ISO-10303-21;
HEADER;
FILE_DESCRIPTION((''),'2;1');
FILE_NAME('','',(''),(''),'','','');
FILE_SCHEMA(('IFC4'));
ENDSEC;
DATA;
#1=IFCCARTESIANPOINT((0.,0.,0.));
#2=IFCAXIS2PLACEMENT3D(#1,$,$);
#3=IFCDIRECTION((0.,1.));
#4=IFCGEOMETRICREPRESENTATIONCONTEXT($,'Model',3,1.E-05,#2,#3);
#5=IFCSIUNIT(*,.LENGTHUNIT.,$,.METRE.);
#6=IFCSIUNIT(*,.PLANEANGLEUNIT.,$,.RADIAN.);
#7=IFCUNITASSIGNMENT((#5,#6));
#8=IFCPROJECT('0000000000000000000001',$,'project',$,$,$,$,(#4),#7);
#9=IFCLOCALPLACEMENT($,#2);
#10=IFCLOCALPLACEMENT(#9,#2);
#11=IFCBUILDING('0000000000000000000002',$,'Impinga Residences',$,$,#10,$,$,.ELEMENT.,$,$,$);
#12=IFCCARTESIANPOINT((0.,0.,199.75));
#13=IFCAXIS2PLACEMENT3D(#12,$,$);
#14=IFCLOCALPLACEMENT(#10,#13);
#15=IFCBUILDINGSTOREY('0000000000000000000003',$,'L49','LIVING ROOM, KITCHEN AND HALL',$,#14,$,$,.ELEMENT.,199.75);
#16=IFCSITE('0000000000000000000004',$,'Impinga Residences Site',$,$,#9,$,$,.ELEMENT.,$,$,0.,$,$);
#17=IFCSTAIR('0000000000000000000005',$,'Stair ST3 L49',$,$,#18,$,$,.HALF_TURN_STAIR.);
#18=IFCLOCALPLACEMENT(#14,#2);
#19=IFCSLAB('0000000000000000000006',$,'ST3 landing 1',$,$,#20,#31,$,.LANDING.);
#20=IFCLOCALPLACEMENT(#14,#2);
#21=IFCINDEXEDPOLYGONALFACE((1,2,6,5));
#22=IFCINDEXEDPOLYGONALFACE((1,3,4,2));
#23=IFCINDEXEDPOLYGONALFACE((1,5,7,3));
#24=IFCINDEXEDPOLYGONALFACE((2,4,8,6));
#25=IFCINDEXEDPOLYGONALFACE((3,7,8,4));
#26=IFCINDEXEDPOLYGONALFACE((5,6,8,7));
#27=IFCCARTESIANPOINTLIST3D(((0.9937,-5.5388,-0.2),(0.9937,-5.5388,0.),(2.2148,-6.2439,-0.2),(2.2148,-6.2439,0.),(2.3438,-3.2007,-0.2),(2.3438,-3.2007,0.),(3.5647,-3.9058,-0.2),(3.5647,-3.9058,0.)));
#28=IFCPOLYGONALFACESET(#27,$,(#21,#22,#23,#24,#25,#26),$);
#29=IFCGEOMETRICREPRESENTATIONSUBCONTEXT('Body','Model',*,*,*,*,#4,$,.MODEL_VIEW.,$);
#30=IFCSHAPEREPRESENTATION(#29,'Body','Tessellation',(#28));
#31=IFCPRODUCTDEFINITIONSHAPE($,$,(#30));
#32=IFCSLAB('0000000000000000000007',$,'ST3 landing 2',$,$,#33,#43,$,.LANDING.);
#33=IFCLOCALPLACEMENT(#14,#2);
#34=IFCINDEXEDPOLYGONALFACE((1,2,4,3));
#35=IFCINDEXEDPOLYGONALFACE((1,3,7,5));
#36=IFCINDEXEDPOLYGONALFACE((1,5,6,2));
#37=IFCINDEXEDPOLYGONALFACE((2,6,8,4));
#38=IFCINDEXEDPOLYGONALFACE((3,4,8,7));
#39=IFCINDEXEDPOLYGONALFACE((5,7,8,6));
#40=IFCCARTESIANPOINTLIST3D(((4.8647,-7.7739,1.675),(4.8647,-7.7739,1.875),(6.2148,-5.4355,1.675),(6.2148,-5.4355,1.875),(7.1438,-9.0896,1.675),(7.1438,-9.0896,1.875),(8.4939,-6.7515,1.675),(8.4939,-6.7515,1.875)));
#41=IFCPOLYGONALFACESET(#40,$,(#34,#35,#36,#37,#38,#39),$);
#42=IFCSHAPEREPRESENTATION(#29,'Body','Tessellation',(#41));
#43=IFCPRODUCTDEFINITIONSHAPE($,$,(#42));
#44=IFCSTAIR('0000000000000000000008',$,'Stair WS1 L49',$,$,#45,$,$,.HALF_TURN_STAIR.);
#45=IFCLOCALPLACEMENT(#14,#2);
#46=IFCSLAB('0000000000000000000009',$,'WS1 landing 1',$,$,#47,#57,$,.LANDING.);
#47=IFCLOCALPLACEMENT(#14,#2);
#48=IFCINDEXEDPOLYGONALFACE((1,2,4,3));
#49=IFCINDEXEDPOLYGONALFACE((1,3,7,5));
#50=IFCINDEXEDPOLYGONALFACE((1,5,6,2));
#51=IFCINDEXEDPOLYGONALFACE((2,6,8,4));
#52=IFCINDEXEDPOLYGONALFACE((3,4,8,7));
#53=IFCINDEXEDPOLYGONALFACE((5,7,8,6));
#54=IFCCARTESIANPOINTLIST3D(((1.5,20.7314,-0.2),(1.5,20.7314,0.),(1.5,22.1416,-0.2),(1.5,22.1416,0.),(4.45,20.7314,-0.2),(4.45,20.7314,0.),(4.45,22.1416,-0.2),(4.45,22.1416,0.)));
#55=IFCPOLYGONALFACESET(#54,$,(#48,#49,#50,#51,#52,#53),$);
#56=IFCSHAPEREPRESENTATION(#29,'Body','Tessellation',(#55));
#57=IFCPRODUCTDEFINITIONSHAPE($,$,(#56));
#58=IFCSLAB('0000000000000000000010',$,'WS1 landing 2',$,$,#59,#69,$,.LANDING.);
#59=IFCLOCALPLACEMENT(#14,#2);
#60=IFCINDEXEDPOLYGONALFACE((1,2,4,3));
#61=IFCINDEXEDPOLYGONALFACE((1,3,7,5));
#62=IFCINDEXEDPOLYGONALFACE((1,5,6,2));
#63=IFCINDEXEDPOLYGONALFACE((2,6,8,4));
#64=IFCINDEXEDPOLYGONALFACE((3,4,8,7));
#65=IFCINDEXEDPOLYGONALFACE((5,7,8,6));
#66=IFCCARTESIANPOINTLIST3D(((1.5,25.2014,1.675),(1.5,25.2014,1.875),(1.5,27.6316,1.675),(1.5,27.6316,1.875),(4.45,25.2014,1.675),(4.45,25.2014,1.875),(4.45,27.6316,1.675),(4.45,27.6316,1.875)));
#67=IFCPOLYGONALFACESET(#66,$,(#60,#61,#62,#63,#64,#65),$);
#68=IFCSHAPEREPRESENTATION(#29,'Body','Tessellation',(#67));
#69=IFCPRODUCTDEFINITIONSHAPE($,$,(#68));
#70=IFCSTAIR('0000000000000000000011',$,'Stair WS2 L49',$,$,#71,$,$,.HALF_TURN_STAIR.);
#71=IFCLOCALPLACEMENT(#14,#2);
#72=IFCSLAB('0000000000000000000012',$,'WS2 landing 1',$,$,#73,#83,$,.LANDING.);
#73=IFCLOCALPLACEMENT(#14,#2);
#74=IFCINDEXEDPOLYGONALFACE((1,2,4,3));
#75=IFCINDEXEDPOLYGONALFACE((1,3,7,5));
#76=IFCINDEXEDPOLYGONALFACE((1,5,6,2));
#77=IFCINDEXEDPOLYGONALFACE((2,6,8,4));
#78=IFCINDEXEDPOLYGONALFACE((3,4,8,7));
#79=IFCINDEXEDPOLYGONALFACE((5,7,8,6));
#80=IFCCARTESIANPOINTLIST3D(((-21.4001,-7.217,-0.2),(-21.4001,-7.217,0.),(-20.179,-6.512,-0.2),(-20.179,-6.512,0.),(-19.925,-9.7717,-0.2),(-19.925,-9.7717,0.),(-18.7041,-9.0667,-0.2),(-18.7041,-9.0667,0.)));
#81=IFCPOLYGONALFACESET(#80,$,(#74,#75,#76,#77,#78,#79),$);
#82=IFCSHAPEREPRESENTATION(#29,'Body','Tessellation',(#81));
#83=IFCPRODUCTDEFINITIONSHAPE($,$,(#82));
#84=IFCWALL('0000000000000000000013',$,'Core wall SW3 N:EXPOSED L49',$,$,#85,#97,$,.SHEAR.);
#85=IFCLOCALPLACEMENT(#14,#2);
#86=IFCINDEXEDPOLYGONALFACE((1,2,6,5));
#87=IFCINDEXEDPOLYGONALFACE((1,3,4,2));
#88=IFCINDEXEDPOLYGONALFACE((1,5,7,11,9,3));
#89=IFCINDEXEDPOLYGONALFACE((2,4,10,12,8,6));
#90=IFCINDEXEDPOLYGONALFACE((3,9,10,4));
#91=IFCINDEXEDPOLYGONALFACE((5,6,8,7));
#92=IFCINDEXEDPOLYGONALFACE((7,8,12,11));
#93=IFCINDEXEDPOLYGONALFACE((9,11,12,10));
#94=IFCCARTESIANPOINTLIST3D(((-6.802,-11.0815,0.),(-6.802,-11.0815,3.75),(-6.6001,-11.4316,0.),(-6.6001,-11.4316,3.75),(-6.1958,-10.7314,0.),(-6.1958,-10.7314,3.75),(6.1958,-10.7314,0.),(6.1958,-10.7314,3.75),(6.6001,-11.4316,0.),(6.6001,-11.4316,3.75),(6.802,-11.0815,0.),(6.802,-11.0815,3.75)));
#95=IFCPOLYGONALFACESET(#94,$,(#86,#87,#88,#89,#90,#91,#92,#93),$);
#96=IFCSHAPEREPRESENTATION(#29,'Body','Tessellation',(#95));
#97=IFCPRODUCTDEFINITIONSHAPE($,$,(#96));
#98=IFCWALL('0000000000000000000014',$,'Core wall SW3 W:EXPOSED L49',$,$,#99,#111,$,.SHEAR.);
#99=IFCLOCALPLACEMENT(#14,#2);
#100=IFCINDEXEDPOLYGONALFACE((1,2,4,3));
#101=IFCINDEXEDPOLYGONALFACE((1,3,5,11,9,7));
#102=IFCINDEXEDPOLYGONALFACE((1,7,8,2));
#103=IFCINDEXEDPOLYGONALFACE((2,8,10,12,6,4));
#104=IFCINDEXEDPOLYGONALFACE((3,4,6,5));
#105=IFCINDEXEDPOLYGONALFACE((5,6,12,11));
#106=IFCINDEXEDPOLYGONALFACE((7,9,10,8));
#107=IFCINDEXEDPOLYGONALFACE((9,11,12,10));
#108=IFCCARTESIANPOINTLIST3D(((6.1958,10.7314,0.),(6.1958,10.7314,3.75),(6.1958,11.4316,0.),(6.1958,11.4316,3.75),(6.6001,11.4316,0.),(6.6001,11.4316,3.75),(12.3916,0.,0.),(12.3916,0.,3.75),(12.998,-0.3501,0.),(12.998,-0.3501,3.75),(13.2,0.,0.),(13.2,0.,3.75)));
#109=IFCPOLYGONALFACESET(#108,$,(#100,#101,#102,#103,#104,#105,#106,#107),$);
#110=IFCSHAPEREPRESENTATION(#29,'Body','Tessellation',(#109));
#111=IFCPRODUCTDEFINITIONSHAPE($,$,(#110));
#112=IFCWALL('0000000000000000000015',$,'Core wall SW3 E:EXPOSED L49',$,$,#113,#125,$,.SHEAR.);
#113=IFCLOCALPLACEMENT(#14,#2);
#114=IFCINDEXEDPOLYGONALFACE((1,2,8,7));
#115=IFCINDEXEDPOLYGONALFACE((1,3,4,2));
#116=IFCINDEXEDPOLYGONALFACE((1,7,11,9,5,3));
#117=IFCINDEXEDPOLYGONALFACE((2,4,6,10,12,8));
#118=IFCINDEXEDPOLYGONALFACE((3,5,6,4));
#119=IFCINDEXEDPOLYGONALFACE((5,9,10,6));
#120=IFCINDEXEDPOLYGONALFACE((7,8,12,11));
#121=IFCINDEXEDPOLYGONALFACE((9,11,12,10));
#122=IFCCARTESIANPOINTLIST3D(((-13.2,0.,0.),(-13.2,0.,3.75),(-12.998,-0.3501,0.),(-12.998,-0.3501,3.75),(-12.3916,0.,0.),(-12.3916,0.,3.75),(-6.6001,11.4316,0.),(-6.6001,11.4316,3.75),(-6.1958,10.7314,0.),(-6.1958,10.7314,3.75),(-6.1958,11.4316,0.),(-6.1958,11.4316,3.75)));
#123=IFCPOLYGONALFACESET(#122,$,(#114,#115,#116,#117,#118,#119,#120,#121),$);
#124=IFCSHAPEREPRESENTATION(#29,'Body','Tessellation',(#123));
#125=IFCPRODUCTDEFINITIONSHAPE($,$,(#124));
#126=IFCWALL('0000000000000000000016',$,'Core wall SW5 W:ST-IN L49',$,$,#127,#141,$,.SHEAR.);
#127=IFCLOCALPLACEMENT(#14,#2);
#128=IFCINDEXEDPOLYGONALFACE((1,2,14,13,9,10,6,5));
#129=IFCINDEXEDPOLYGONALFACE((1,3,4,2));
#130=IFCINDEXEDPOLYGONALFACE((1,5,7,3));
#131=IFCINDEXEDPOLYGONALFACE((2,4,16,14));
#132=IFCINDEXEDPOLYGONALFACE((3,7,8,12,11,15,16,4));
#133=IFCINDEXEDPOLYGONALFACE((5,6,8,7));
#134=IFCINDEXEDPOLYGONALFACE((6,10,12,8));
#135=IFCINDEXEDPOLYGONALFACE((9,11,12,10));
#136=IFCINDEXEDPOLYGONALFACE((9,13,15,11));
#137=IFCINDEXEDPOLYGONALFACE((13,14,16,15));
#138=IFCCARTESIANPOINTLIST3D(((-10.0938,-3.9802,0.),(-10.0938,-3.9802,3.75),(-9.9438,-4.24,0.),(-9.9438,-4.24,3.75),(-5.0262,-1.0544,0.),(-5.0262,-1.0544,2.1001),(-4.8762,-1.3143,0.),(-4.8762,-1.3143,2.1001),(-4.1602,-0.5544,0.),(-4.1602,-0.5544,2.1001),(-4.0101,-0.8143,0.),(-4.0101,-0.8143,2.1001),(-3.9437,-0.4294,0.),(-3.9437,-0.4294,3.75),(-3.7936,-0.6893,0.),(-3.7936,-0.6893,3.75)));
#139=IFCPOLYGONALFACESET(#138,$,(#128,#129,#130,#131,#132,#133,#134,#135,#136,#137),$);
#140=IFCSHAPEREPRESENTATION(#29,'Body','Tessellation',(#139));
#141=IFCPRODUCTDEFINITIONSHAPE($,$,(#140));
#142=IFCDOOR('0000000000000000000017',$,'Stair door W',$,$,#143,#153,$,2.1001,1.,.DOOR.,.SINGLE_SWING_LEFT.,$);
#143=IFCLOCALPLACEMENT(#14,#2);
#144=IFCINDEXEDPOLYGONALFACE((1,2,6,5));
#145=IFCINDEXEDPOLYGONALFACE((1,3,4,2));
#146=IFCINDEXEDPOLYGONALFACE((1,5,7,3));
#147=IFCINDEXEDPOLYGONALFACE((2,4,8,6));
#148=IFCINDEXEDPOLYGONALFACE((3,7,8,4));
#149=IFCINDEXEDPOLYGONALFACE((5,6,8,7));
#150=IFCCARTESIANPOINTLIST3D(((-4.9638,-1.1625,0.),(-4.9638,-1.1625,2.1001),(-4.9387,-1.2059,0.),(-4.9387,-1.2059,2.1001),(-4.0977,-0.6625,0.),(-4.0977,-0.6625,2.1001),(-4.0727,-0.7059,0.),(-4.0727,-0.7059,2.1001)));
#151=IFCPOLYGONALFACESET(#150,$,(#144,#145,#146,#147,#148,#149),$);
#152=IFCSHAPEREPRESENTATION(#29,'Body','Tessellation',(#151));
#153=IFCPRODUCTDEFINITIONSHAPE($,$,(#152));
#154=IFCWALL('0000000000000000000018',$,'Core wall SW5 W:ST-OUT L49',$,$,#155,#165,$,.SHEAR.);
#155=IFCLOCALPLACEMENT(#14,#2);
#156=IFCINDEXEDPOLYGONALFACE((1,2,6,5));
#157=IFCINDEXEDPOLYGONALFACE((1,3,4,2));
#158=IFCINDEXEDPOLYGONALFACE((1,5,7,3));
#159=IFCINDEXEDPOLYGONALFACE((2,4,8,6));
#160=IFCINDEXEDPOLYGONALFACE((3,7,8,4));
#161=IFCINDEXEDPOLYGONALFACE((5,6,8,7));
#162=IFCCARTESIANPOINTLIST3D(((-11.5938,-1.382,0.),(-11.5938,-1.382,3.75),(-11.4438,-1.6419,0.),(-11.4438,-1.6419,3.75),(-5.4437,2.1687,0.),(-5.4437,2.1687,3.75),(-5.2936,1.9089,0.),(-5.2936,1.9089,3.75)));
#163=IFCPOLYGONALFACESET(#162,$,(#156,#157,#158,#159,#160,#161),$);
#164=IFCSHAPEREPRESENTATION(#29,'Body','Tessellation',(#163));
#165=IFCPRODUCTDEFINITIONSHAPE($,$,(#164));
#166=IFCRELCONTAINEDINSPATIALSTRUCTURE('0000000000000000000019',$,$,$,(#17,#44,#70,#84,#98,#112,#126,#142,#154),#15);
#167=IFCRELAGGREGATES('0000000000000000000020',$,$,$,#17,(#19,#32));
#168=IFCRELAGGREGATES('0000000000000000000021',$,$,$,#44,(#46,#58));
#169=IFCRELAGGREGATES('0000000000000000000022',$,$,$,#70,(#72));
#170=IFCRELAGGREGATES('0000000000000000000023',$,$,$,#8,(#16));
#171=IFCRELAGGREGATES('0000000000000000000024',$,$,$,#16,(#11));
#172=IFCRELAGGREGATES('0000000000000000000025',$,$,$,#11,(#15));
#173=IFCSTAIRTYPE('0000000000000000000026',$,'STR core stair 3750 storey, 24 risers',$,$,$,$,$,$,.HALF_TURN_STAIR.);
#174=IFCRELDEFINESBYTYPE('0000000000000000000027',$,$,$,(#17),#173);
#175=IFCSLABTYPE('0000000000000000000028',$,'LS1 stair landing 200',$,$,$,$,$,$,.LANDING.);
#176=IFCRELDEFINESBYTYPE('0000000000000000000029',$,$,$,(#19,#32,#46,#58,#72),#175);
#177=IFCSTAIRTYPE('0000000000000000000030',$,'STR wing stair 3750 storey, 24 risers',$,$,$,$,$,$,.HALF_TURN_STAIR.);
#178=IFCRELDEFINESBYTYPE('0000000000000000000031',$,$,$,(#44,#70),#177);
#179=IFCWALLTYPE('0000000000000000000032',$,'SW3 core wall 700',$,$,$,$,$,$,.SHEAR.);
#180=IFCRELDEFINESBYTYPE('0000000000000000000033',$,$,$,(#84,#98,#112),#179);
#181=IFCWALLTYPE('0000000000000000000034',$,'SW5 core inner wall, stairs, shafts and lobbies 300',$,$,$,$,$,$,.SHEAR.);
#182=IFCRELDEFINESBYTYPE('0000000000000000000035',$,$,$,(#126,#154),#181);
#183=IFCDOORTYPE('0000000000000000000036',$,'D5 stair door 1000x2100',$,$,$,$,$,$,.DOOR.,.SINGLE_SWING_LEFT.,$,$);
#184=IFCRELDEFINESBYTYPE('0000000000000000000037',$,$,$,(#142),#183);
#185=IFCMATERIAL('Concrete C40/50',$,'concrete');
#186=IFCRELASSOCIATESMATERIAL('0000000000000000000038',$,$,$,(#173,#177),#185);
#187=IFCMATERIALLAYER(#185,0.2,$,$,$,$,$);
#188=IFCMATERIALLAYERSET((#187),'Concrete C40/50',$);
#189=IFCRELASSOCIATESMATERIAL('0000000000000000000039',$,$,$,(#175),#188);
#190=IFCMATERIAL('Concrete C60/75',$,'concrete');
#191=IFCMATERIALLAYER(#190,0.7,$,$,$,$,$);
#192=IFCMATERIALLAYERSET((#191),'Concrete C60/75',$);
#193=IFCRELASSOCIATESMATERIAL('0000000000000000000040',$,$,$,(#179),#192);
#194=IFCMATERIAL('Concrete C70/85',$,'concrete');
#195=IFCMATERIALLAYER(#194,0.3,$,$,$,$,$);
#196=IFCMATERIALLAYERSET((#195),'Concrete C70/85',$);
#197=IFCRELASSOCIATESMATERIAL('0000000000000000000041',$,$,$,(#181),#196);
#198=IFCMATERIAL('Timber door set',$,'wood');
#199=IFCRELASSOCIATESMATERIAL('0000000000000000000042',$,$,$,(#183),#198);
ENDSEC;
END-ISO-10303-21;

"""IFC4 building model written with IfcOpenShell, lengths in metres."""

from ifc_helpers import new_model, si_unit, direction, frame, frame_2d, origin, place, context, subcontext, project, spatial, polyline, rectangle, outline, extrude, material, layer, layer_set, type_object, element, fill, aggregate, save


model = new_model("IFC4")

# Units and contexts
model_context = context("Model", 3, precision=1e-05, world=origin(), true_north=direction((0.0, 1.0)))
body_context = subcontext(model_context, "Body", "Model", "MODEL_VIEW")
ifc_project = project(units=[si_unit("LENGTHUNIT", "METRE"), si_unit("PLANEANGLEUNIT", "RADIAN")], contexts=[model_context])

# Site, building, storey
site_placement = place(None, origin())
site = spatial("IfcSite", under=ifc_project, at=site_placement, Name="Impinga Residences Site", CompositionType="ELEMENT", RefElevation=0.0)
building_placement = place(site_placement, origin())
building = spatial("IfcBuilding", under=site, at=building_placement, Name="Impinga Residences", CompositionType="ELEMENT")
storey_placement = place(building_placement, frame((0.0, 0.0, 199.75)))
storey = spatial("IfcBuildingStorey", under=building, at=storey_placement, Name="L49", Description="LIVING ROOM, KITCHEN AND HALL", CompositionType="ELEMENT", Elevation=199.75)

# Shared definitions
ifc_material_1 = material(Name="Concrete C60/75", Category="concrete")

# Stairs, slabs
ifc_material_2 = material(Name="Concrete C40/50", Category="concrete")
stair_type_1 = type_object("IfcStairType", Name="STR core stair 3750 storey, 24 risers", PredefinedType="HALF_TURN_STAIR", material=ifc_material_2)
ifc_layer_1 = layer(ifc_material_2, 0.2)
ifc_layer_set_1 = layer_set([ifc_layer_1], Name="Concrete C40/50")
slab_type_1 = type_object("IfcSlabType", Name="LS1 stair landing 200", PredefinedType="LANDING", material=ifc_layer_set_1)
stair_1_placement = place(storey_placement, origin())
stair_1 = element("IfcStair", 1, at=stair_1_placement, inside=storey, type_object=stair_type_1, Name="Stair ST3 L49", PredefinedType="HALF_TURN_STAIR")
slab_1_placement = place(storey_placement, frame((0.0, 0.0, -0.2)))
slab_1 = element("IfcSlab", 2, at=slab_1_placement, type_object=slab_type_1, Name="ST3 landing 1", PredefinedType="LANDING", context=body_context, shape_type="SweptSolid", body=[
    extrude(outline(polyline([(2.3438, -3.2007), (0.9937, -5.5388), (2.2148, -6.2439), (3.5647, -3.9058), (2.3438, -3.2007)])), origin(), (0.0, 0.0, 1.0), 0.2),
])
slab_2_placement = place(storey_placement, frame((0.0, 0.0, 1.675)))
slab_2 = element("IfcSlab", 3, at=slab_2_placement, type_object=slab_type_1, Name="ST3 landing 2", PredefinedType="LANDING", context=body_context, shape_type="SweptSolid", body=[
    extrude(outline(polyline([(6.2148, -5.4355), (4.8647, -7.7739), (7.1438, -9.0896), (8.4939, -6.7515), (6.2148, -5.4355)])), origin(), (0.0, 0.0, 1.0), 0.2),
])
aggregate(stair_1, [slab_1, slab_2])
stair_type_2 = type_object("IfcStairType", Name="STR wing stair 3750 storey, 24 risers", PredefinedType="HALF_TURN_STAIR", material=ifc_material_2)
stair_2_placement = place(storey_placement, origin())
stair_2 = element("IfcStair", 4, at=stair_2_placement, inside=storey, type_object=stair_type_2, Name="Stair WS1 L49", PredefinedType="HALF_TURN_STAIR")
slab_3_placement = place(storey_placement, frame((0.0, 0.0, -0.2)))
slab_3 = element("IfcSlab", 5, at=slab_3_placement, type_object=slab_type_1, Name="WS1 landing 1", PredefinedType="LANDING", context=body_context, shape_type="SweptSolid", body=[
    extrude(outline(polyline([(1.5, 20.7314), (4.45, 20.7314), (4.45, 22.1416), (1.5, 22.1416), (1.5, 20.7314)])), origin(), (0.0, 0.0, 1.0), 0.2),
])
slab_4_placement = place(storey_placement, frame((0.0, 0.0, 1.675)))
slab_4 = element("IfcSlab", 6, at=slab_4_placement, type_object=slab_type_1, Name="WS1 landing 2", PredefinedType="LANDING", context=body_context, shape_type="SweptSolid", body=[
    extrude(outline(polyline([(1.5, 25.2014), (4.45, 25.2014), (4.45, 27.6316), (1.5, 27.6316), (1.5, 25.2014)])), origin(), (0.0, 0.0, 1.0), 0.2),
])
aggregate(stair_2, [slab_3, slab_4])

# Stair, slab
stair_3_placement = place(storey_placement, origin())
stair_3 = element("IfcStair", 7, at=stair_3_placement, inside=storey, type_object=stair_type_2, Name="Stair WS2 L49", PredefinedType="HALF_TURN_STAIR")
slab_5_placement = place(storey_placement, frame((0.0, 0.0, -0.2)))
slab_5 = element("IfcSlab", 8, at=slab_5_placement, type_object=slab_type_1, Name="WS2 landing 1", PredefinedType="LANDING", context=body_context, shape_type="SweptSolid", body=[
    extrude(outline(polyline([(-18.7041, -9.0667), (-20.179, -6.512), (-21.4001, -7.217), (-19.925, -9.7717), (-18.7041, -9.0667)])), origin(), (0.0, 0.0, 1.0), 0.2),
])
aggregate(stair_3, [slab_5])

# Walls
ifc_layer_2 = layer(ifc_material_1, 0.7)
ifc_layer_set_2 = layer_set([ifc_layer_2], Name="Concrete C60/75")
wall_type_1 = type_object("IfcWallType", Name="SW3 core wall 700", PredefinedType="SHEAR", material=ifc_layer_set_2)
wall_1_placement = place(storey_placement, origin())
element("IfcWall", 9, at=wall_1_placement, inside=storey, type_object=wall_type_1, Name="Core wall SW3 N:EXPOSED L49", PredefinedType="SHEAR", context=body_context, shape_type="SweptSolid", body=[
    extrude(outline(polyline([(-6.6001, -11.4316), (6.6001, -11.4316), (6.802, -11.0815), (6.1958, -10.7314), (-6.1958, -10.7314), (-6.802, -11.0815), (-6.6001, -11.4316)])), origin(), (0.0, 0.0, 1.0), 3.75),
])
wall_2_placement = place(storey_placement, origin())
element("IfcWall", 10, at=wall_2_placement, inside=storey, type_object=wall_type_1, Name="Core wall SW3 W:EXPOSED L49", PredefinedType="SHEAR", context=body_context, shape_type="SweptSolid", body=[
    extrude(outline(polyline([(13.2, 0.0), (6.6001, 11.4316), (6.1958, 11.4316), (6.1958, 10.7314), (12.3916, 0.0), (12.998, -0.3501), (13.2, 0.0)])), origin(), (0.0, 0.0, 1.0), 3.75),
])
wall_3_placement = place(storey_placement, origin())
element("IfcWall", 11, at=wall_3_placement, inside=storey, type_object=wall_type_1, Name="Core wall SW3 E:EXPOSED L49", PredefinedType="SHEAR", context=body_context, shape_type="SweptSolid", body=[
    extrude(outline(polyline([(-6.6001, 11.4316), (-13.2, 0.0), (-12.998, -0.3501), (-12.3916, 0.0), (-6.1958, 10.7314), (-6.1958, 11.4316), (-6.6001, 11.4316)])), origin(), (0.0, 0.0, 1.0), 3.75),
])

# Wall, opening, door
ifc_material_3 = material(Name="Concrete C70/85", Category="concrete")
ifc_layer_3 = layer(ifc_material_3, 0.3)
ifc_layer_set_3 = layer_set([ifc_layer_3], Name="Concrete C70/85")
wall_type_2 = type_object("IfcWallType", Name="SW5 core inner wall, stairs, shafts and lobbies 300", PredefinedType="SHEAR", material=ifc_layer_set_3)
wall_4_placement = place(storey_placement, frame((-3.8687, -0.5593, 0.0), z_axis=(0.0, 0.0, 1.0), x_axis=(-0.866026, -0.499999, 0.0)))
wall_4 = element("IfcWall", 12, at=wall_4_placement, inside=storey, type_object=wall_type_2, Name="Core wall SW5 W:ST-IN L49", PredefinedType="SHEAR", context=body_context, shape_type="SweptSolid", body=[
    extrude(rectangle(XDim=7.1016, YDim=0.3, at=frame_2d((3.5508, 0.0))), origin(), (0.0, 0.0, 1.0), 3.75),
])
opening_1_placement = place(wall_4_placement, frame((0.25, 0.0, 0.0)))
opening_1 = element("IfcOpeningElement", 13, at=opening_1_placement, cuts=wall_4, PredefinedType="OPENING", context=body_context, shape_type="SweptSolid", body=[
    extrude(rectangle(XDim=1.0, YDim=2.1001, at=frame_2d((0.5, 1.05))), frame((0.0, 0.1599, 0.0), z_axis=(0.0, -1.0, 0.0), x_axis=(1.0, 0.0, 0.0)), (0.0, 0.0, 1.0), 0.3201),
])
ifc_material_4 = material(Name="Timber door set", Category="wood")
door_type_1 = type_object("IfcDoorType", Name="D5 stair door 1000x2100", OperationType="SINGLE_SWING_LEFT", PredefinedType="DOOR", material=ifc_material_4)
door_1_placement = place(opening_1_placement, origin())
door_1 = element("IfcDoor", 14, at=door_1_placement, inside=storey, type_object=door_type_1, Name="Stair door W", OperationType="SINGLE_SWING_LEFT", OverallHeight=2.1001, OverallWidth=1.0, PredefinedType="DOOR", context=body_context, shape_type="SweptSolid", body=[
    extrude(rectangle(XDim=1.0, YDim=2.1001, at=frame_2d((0.5, 1.05))), frame((0.0, 0.0249, 0.0), z_axis=(0.0, -1.0, 0.0), x_axis=(1.0, 0.0, 0.0)), (0.0, 0.0, 1.0), 0.05),
])
fill(opening_1, door_1)

# Wall
wall_5_placement = place(storey_placement, frame((-5.3687, 2.0388, 0.0), z_axis=(0.0, 0.0, 1.0), x_axis=(-0.866026, -0.499999, 0.0)))
element("IfcWall", 15, at=wall_5_placement, inside=storey, type_object=wall_type_2, Name="Core wall SW5 W:ST-OUT L49", PredefinedType="SHEAR", context=body_context, shape_type="SweptSolid", body=[
    extrude(rectangle(XDim=7.1016, YDim=0.3, at=frame_2d((3.5508, 0.0))), origin(), (0.0, 0.0, 1.0), 3.75),
])

save(model, "model.ifc")
